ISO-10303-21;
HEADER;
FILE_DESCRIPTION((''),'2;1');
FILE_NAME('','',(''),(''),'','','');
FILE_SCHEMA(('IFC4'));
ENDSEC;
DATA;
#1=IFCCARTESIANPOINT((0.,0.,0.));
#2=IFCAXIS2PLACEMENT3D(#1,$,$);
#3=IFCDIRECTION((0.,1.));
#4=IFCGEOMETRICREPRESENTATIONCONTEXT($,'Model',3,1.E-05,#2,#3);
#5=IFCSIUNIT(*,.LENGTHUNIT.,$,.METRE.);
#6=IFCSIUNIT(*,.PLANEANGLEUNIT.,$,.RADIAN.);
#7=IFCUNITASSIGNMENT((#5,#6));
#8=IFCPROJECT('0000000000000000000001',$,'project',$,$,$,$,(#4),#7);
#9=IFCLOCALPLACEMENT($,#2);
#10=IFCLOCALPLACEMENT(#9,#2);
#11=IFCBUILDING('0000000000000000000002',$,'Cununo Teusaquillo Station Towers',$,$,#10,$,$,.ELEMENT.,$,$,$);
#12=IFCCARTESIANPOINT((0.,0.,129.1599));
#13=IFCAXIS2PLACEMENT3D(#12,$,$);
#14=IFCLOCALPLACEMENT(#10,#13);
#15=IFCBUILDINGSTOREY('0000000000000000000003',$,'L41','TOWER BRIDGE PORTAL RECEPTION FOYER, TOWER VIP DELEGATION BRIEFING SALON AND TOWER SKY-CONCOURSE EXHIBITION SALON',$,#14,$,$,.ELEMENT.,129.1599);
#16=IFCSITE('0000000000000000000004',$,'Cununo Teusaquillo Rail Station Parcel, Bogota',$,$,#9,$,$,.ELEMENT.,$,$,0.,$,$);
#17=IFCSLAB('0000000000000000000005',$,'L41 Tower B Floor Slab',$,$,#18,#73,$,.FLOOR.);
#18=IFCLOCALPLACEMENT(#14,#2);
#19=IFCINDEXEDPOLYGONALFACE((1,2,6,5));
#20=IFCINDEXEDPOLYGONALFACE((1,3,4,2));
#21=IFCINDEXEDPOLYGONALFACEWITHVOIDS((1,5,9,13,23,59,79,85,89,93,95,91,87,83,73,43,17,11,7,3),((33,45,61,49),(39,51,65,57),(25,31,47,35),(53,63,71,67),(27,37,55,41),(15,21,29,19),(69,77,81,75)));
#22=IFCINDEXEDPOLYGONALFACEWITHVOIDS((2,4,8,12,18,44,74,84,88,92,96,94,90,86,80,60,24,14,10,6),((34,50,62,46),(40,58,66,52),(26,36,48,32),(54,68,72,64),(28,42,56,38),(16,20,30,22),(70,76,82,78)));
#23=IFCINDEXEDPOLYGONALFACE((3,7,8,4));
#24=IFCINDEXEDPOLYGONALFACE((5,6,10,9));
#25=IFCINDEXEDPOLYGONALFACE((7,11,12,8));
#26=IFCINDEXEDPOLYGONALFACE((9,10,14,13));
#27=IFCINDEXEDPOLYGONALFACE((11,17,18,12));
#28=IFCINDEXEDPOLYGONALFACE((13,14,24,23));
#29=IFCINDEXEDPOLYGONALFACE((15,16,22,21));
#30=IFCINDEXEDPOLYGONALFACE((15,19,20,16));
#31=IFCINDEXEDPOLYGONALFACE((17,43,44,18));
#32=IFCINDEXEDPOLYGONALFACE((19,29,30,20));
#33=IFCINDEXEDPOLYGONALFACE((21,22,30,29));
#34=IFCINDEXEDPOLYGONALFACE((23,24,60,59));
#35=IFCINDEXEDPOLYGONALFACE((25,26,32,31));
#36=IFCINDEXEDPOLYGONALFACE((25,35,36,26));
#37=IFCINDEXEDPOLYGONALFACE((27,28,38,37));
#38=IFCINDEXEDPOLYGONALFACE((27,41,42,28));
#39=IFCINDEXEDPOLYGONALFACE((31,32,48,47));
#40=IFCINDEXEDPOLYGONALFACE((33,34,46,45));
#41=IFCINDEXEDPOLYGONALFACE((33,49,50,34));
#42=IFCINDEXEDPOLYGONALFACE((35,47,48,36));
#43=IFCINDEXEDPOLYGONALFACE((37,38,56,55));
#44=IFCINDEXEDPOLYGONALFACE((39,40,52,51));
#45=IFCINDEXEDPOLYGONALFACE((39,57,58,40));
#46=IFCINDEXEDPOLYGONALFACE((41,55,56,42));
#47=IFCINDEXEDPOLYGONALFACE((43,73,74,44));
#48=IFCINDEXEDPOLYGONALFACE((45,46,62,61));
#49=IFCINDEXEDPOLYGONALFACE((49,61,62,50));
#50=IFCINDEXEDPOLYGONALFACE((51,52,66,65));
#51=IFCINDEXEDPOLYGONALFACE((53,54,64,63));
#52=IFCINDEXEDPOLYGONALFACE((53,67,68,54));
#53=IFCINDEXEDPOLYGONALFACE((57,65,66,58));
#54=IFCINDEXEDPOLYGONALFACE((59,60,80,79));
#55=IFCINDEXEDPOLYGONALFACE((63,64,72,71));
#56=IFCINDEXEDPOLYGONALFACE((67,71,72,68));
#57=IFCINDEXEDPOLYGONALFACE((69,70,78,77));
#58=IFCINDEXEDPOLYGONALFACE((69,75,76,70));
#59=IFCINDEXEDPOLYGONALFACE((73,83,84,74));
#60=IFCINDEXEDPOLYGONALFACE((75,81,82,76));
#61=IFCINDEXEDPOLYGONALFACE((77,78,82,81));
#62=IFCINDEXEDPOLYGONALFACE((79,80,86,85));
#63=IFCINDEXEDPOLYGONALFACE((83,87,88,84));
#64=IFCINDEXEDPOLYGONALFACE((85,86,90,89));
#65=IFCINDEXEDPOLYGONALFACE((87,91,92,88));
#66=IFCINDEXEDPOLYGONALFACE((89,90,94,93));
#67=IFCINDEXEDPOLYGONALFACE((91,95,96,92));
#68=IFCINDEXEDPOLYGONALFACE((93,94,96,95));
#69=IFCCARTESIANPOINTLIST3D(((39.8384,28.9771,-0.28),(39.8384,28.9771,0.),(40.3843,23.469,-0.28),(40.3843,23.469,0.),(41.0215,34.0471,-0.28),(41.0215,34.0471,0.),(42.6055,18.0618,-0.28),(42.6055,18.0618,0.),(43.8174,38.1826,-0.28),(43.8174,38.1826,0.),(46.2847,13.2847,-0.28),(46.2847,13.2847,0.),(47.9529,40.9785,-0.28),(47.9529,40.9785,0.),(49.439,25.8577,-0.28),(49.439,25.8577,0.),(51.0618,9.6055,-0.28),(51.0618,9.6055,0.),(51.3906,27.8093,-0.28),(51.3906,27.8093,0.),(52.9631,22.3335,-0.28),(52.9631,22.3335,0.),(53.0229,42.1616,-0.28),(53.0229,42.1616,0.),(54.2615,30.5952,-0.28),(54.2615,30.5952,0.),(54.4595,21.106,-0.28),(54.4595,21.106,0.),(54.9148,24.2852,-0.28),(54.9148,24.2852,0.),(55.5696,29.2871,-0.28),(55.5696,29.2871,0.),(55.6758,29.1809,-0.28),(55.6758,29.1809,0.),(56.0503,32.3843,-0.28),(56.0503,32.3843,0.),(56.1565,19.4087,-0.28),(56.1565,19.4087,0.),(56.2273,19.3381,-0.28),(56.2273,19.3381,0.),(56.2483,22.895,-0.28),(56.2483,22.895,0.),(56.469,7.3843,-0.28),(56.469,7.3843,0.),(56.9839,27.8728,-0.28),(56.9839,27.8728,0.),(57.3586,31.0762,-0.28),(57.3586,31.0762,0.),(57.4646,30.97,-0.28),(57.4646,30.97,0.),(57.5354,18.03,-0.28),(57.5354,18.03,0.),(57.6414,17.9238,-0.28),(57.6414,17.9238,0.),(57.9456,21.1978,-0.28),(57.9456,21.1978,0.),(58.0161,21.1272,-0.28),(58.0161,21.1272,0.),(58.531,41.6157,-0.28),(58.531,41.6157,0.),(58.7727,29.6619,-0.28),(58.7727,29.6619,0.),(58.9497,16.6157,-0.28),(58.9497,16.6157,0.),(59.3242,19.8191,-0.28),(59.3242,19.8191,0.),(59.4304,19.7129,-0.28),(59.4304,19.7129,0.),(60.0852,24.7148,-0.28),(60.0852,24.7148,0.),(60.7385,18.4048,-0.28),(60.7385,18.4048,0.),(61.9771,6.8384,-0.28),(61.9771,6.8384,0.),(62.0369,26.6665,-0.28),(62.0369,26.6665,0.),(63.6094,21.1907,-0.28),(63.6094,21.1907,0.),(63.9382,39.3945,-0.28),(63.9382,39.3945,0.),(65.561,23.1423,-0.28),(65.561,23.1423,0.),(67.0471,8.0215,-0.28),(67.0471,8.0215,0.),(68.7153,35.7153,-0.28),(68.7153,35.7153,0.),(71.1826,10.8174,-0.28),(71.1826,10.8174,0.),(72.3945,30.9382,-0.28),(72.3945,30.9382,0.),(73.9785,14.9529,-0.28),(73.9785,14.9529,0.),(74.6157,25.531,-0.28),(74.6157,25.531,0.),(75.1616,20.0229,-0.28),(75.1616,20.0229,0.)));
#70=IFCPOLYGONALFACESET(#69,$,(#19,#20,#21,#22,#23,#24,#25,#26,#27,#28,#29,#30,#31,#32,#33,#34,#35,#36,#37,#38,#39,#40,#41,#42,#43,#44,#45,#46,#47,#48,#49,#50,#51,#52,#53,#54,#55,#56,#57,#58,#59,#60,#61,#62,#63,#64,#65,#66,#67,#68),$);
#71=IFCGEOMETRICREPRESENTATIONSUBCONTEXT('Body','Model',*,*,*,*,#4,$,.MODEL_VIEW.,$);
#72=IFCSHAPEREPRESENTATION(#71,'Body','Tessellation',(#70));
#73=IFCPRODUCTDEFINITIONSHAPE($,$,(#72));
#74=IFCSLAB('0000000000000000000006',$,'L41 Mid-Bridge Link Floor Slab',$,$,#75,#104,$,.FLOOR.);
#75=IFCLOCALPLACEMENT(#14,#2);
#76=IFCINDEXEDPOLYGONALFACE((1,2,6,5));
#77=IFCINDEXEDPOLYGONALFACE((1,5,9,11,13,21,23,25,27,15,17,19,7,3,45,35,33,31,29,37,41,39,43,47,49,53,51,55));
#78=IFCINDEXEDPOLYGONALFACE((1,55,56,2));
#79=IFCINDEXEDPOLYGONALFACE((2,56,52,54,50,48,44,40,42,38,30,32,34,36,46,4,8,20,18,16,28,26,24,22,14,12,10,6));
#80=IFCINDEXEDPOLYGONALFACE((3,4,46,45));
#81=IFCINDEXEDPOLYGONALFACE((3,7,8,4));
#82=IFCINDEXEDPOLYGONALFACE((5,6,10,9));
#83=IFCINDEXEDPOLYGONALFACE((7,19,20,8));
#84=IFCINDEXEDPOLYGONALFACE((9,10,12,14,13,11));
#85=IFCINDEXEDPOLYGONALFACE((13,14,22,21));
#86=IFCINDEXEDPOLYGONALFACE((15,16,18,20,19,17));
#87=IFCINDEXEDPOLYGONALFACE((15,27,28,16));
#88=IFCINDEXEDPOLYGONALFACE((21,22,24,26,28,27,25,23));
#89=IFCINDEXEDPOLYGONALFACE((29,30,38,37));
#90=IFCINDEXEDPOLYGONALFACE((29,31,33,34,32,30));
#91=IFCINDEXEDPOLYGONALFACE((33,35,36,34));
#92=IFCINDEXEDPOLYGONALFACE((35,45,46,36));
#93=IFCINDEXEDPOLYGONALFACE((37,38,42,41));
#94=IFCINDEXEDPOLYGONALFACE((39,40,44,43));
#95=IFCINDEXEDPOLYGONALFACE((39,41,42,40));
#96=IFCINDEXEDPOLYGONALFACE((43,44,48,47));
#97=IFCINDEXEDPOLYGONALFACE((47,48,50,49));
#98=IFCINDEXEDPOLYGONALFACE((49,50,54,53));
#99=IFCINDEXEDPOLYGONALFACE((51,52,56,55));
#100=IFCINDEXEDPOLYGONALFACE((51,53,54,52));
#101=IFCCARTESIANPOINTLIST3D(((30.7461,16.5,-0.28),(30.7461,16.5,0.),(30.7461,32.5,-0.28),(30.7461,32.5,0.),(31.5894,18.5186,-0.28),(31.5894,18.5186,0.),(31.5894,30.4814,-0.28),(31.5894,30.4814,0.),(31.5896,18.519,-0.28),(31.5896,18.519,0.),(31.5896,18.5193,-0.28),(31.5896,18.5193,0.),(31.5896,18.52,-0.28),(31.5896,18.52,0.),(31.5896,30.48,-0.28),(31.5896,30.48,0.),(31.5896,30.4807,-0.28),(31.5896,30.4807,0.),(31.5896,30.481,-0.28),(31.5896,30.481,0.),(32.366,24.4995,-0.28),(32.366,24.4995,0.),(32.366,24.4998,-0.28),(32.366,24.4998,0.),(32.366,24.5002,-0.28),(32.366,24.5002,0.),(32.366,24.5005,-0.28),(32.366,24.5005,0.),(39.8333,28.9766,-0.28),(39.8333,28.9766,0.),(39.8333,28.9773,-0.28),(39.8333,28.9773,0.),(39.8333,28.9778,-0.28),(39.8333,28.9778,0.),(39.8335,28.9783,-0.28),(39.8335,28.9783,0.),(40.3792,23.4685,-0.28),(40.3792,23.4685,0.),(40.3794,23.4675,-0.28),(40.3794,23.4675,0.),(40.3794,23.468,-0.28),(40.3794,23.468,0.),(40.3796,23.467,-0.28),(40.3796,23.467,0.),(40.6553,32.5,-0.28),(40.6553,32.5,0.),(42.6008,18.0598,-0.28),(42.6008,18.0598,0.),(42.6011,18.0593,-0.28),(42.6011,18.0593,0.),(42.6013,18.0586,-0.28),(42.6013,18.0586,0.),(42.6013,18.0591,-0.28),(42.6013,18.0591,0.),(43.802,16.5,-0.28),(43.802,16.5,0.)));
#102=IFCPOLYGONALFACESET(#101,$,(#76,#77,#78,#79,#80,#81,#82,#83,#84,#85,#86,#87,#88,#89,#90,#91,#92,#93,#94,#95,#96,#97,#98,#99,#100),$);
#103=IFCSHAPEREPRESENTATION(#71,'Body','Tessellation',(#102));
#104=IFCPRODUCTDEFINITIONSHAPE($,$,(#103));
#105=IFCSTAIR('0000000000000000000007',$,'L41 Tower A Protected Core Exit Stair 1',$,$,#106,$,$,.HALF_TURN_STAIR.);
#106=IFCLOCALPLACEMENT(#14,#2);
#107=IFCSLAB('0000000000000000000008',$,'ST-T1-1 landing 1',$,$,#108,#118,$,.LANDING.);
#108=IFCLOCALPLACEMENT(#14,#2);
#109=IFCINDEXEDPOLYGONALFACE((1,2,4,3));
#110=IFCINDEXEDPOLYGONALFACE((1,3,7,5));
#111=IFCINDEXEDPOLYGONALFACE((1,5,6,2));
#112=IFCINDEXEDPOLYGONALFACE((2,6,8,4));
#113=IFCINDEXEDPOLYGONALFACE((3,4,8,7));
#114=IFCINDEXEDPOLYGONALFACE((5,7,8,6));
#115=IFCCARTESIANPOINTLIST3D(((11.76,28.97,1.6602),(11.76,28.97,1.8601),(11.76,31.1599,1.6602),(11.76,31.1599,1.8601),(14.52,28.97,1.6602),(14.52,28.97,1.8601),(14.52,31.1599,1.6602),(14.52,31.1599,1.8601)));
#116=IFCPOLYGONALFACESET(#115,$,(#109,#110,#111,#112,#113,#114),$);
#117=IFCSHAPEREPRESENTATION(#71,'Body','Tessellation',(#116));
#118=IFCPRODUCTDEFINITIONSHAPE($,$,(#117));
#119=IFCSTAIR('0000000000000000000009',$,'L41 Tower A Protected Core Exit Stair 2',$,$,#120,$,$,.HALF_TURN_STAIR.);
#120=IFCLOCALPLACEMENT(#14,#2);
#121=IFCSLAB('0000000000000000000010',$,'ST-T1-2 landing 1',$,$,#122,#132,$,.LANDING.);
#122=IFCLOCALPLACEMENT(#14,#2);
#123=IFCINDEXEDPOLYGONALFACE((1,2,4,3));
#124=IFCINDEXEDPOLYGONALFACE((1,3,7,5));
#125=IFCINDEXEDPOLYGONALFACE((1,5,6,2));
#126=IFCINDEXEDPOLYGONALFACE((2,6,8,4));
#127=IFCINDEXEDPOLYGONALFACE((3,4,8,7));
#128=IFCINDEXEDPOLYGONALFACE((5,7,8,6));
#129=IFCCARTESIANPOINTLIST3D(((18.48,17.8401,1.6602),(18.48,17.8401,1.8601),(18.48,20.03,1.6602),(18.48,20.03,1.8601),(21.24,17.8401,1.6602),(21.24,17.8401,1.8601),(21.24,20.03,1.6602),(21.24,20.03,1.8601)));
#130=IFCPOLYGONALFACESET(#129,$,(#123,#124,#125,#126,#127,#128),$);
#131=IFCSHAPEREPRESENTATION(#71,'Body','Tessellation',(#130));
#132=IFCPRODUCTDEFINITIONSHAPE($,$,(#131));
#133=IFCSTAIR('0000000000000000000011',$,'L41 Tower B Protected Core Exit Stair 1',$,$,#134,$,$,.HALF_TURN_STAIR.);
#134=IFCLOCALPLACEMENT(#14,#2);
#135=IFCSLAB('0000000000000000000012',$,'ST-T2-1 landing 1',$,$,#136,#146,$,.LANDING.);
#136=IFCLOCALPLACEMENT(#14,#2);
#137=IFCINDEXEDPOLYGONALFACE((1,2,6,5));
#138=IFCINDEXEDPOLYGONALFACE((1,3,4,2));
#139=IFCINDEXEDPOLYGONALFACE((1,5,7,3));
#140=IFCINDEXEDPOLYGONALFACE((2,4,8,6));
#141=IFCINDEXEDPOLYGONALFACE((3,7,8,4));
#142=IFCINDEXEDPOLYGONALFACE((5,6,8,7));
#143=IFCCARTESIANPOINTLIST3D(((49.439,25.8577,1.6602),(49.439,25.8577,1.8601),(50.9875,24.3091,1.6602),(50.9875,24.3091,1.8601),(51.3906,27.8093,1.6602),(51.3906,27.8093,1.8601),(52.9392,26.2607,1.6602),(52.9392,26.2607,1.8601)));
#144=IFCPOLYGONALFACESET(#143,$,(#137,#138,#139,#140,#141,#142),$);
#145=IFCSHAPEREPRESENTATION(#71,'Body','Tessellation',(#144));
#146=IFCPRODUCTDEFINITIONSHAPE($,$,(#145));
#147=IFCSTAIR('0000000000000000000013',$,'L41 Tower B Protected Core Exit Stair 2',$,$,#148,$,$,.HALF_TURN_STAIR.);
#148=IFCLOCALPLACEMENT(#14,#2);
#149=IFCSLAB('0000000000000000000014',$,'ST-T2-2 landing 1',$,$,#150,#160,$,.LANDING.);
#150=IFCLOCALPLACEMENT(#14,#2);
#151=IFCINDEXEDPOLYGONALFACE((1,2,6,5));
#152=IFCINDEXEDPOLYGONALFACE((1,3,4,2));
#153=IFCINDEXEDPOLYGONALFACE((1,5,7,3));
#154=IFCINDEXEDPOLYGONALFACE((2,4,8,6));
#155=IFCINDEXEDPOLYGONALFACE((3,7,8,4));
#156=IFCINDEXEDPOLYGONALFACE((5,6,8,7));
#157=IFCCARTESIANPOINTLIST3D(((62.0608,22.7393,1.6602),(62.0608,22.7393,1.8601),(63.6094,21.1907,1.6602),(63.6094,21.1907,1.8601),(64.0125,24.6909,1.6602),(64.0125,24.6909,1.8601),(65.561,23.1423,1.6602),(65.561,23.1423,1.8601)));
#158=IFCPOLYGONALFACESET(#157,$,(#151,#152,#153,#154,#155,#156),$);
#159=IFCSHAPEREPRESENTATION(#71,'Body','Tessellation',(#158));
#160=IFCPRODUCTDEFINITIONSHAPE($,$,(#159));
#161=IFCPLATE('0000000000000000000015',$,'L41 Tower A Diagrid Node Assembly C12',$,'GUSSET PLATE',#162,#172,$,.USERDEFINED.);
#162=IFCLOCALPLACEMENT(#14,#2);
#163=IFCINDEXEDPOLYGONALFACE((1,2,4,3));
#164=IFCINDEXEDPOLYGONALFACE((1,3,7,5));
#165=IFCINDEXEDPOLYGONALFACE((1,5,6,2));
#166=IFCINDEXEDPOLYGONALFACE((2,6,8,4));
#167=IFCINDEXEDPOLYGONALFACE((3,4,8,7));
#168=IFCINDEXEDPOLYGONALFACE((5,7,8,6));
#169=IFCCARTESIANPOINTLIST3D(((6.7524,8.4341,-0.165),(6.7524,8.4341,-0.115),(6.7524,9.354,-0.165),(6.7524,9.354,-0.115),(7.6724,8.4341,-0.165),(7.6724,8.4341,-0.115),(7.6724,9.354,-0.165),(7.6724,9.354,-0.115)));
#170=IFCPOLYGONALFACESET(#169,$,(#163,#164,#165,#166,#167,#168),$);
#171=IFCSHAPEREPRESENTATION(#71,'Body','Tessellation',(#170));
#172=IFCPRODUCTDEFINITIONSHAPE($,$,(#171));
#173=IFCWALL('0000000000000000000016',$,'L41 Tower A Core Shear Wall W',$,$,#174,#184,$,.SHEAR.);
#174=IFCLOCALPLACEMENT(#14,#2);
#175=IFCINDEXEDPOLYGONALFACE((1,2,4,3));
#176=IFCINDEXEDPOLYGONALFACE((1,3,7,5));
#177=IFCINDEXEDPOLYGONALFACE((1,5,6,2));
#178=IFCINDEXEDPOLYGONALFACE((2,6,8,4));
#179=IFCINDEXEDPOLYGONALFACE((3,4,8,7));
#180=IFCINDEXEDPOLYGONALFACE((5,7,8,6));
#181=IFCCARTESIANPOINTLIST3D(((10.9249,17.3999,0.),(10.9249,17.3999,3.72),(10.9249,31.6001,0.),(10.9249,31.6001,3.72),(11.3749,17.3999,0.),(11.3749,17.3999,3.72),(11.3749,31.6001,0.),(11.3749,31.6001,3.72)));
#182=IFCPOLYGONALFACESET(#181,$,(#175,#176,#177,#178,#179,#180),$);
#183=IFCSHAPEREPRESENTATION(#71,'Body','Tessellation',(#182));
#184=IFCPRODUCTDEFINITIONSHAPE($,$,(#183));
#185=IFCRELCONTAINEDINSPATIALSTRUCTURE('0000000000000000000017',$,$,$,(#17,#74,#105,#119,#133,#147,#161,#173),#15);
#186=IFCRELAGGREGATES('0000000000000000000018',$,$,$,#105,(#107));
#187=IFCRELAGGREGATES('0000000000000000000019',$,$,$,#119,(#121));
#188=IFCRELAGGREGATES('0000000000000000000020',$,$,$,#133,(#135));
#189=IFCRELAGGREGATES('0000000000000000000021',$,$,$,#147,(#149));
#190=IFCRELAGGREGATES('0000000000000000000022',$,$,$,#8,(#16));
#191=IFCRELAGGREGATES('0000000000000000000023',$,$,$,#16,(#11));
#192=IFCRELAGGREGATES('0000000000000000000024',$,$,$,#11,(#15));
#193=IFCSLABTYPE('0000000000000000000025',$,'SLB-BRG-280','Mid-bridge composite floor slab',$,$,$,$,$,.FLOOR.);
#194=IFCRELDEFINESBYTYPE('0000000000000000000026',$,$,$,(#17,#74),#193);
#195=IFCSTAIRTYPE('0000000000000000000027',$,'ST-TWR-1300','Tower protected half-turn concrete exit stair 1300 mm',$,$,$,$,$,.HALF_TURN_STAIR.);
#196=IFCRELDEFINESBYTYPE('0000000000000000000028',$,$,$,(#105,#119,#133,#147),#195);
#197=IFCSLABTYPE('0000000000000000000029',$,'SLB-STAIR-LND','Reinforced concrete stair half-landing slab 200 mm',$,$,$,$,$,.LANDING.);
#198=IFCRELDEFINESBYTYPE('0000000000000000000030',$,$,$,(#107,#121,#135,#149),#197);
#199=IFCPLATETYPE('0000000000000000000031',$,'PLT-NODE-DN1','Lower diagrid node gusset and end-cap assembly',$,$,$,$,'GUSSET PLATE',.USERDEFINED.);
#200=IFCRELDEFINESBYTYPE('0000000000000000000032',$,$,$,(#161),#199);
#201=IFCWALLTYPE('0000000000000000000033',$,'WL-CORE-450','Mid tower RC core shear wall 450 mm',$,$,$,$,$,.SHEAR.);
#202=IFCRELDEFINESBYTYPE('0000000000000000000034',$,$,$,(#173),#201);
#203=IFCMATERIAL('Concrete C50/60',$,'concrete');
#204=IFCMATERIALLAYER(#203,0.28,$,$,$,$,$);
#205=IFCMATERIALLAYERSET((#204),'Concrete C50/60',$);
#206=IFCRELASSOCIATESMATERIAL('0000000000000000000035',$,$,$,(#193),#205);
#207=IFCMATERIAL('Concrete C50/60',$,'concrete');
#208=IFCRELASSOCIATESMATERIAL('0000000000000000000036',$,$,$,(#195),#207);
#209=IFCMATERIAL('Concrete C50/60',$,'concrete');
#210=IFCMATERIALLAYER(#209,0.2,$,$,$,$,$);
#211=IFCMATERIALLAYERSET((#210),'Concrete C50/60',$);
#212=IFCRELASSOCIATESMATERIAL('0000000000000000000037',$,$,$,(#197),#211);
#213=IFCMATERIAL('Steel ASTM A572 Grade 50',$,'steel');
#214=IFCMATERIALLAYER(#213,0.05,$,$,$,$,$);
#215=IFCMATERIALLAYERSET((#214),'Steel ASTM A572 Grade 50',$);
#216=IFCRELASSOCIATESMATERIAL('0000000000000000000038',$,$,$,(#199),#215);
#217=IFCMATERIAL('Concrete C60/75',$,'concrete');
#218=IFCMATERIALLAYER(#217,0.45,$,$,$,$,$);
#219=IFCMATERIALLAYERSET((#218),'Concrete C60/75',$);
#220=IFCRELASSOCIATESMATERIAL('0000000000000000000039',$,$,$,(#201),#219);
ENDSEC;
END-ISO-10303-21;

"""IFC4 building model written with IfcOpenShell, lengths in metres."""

from ifc_helpers import new_model, si_unit, direction, frame, frame_2d, origin, origin_2d, place, context, subcontext, project, spatial, polyline, rectangle, outline, extrude, source, transform, mapped, material, layer, layer_set, type_object, element, aggregate, save


model = new_model("IFC4")

# Units and contexts
model_context = context("Model", 3, precision=1e-05, world=origin(), true_north=direction((0.0, 1.0)))
body_context = subcontext(model_context, "Body", "Model", "MODEL_VIEW")
ifc_project = project(units=[si_unit("LENGTHUNIT", "METRE"), si_unit("PLANEANGLEUNIT", "RADIAN")], contexts=[model_context])

# Site, building, storey
site_placement = place(None, origin())
site = spatial("IfcSite", under=ifc_project, at=site_placement, Name="Cununo Teusaquillo Rail Station Parcel, Bogota", CompositionType="ELEMENT", RefElevation=0.0)
building_placement = place(site_placement, origin())
building = spatial("IfcBuilding", under=site, at=building_placement, Name="Cununo Teusaquillo Station Towers", CompositionType="ELEMENT")
storey_placement = place(building_placement, frame((0.0, 0.0, 129.1599)))
storey = spatial("IfcBuildingStorey", under=building, at=storey_placement, Name="L41", Description="TOWER BRIDGE PORTAL RECEPTION FOYER, TOWER VIP DELEGATION BRIEFING SALON AND TOWER SKY-CONCOURSE EXHIBITION SALON", CompositionType="ELEMENT", Elevation=129.1599)

# Slabs
ifc_material_1 = material(Name="Concrete C50/60", Category="concrete")
ifc_layer_1 = layer(ifc_material_1, 0.28)
ifc_layer_set_1 = layer_set([ifc_layer_1], Name="Concrete C50/60")
slab_type_1 = type_object("IfcSlabType", Name="SLB-BRG-280", Description="Mid-bridge composite floor slab", PredefinedType="FLOOR", material=ifc_layer_set_1)
slab_1_placement = place(storey_placement, frame((0.0, 0.0, -0.28)))
element("IfcSlab", 1, at=slab_1_placement, inside=storey, type_object=slab_type_1, Name="L41 Tower B Floor Slab", PredefinedType="FLOOR", context=body_context, shape_type="SweptSolid", body=[
    extrude(outline(polyline([(68.7153, 35.7153), (63.9382, 39.3945), (58.531, 41.6157), (53.0229, 42.1616), (47.9529, 40.9785), (43.8174, 38.1826), (41.0215, 34.0471), (39.8384, 28.9771), (40.3843, 23.469), (42.6055, 18.0618), (46.2847, 13.2847), (51.0618, 9.6055), (56.469, 7.3843), (61.9771, 6.8384), (67.0471, 8.0215), (71.1826, 10.8174), (73.9785, 14.9529), (75.1616, 20.0229), (74.6157, 25.531), (72.3945, 30.9382), (68.7153, 35.7153)]), holes=[polyline([(54.9148, 24.2852), (51.3906, 27.8093), (49.439, 25.8577), (52.9631, 22.3335), (54.9148, 24.2852)]), polyline([(60.0852, 24.7148), (63.6094, 21.1907), (65.561, 23.1423), (62.0369, 26.6665), (60.0852, 24.7148)]), polyline([(56.1565, 19.4087), (57.9456, 21.1978), (56.2483, 22.895), (54.4595, 21.106), (56.1565, 19.4087)]), polyline([(58.9497, 16.6157), (60.7385, 18.4048), (59.4304, 19.7129), (57.6414, 17.9238), (58.9497, 16.6157)]), polyline([(57.5354, 18.03), (59.3242, 19.8191), (58.0161, 21.1272), (56.2273, 19.3381), (57.5354, 18.03)]), polyline([(56.9839, 27.8728), (58.7727, 29.6619), (57.4646, 30.97), (55.6758, 29.1809), (56.9839, 27.8728)]), polyline([(55.5696, 29.2871), (57.3586, 31.0762), (56.0503, 32.3843), (54.2615, 30.5952), (55.5696, 29.2871)])]), origin(), (0.0, 0.0, 1.0), 0.28),
])
slab_2_placement = place(storey_placement, frame((0.0, 0.0, -0.28)))
element("IfcSlab", 2, at=slab_2_placement, inside=storey, type_object=slab_type_1, Name="L41 Mid-Bridge Link Floor Slab", PredefinedType="FLOOR", context=body_context, shape_type="SweptSolid", body=[
    extrude(outline(polyline([(30.7461, 16.5), (31.5894, 18.5186), (31.5896, 18.519), (31.5896, 18.5193), (31.5896, 18.52), (32.366, 24.4995), (32.366, 24.4998), (32.366, 24.5002), (32.366, 24.5005), (31.5896, 30.48), (31.5896, 30.4807), (31.5896, 30.481), (31.5894, 30.4814), (30.7461, 32.5), (40.6553, 32.5), (39.8335, 28.9783), (39.8333, 28.9778), (39.8333, 28.9773), (39.8333, 28.9766), (40.3792, 23.4685), (40.3794, 23.468), (40.3794, 23.4675), (40.3796, 23.467), (42.6008, 18.0598), (42.6011, 18.0593), (42.6013, 18.0591), (42.6013, 18.0586), (43.802, 16.5), (30.7461, 16.5)])), origin(), (0.0, 0.0, 1.0), 0.28),
])

# Stairs, slabs
ifc_material_2 = material(Name="Concrete C50/60", Category="concrete")
stair_type = type_object("IfcStairType", Name="ST-TWR-1300", Description="Tower protected half-turn concrete exit stair 1300 mm", PredefinedType="HALF_TURN_STAIR", material=ifc_material_2)
stair_1_placement = place(storey_placement, origin())
stair_1 = element("IfcStair", 3, at=stair_1_placement, inside=storey, type_object=stair_type, Name="L41 Tower A Protected Core Exit Stair 1", PredefinedType="HALF_TURN_STAIR")
ifc_material_3 = material(Name="Concrete C50/60", Category="concrete")
ifc_layer_2 = layer(ifc_material_3, 0.2)
ifc_layer_set_2 = layer_set([ifc_layer_2], Name="Concrete C50/60")
slab_type_2 = type_object("IfcSlabType", Name="SLB-STAIR-LND", Description="Reinforced concrete stair half-landing slab 200 mm", PredefinedType="LANDING", material=ifc_layer_set_2)
slab_3_placement = place(storey_placement, frame((0.0, 0.0, 1.6602)))
slab_3 = element("IfcSlab", 4, at=slab_3_placement, type_object=slab_type_2, Name="ST-T1-1 landing 1", PredefinedType="LANDING", context=body_context, shape_type="SweptSolid", body=[
    extrude(outline(polyline([(14.52, 28.97), (14.52, 31.1599), (11.76, 31.1599), (11.76, 28.97), (14.52, 28.97)])), origin(), (0.0, 0.0, 1.0), 0.2),
])
aggregate(stair_1, [slab_3])
stair_2_placement = place(storey_placement, origin())
stair_2 = element("IfcStair", 5, at=stair_2_placement, inside=storey, type_object=stair_type, Name="L41 Tower A Protected Core Exit Stair 2", PredefinedType="HALF_TURN_STAIR")
slab_4_placement = place(storey_placement, frame((0.0, 0.0, 1.6602)))
slab_4 = element("IfcSlab", 6, at=slab_4_placement, type_object=slab_type_2, Name="ST-T1-2 landing 1", PredefinedType="LANDING", context=body_context, shape_type="SweptSolid", body=[
    extrude(outline(polyline([(18.48, 20.03), (18.48, 17.8401), (21.24, 17.8401), (21.24, 20.03), (18.48, 20.03)])), origin(), (0.0, 0.0, 1.0), 0.2),
])
aggregate(stair_2, [slab_4])
stair_3_placement = place(storey_placement, origin())
stair_3 = element("IfcStair", 7, at=stair_3_placement, inside=storey, type_object=stair_type, Name="L41 Tower B Protected Core Exit Stair 1", PredefinedType="HALF_TURN_STAIR")
slab_5_placement = place(storey_placement, frame((0.0, 0.0, 1.6602)))
slab_5 = element("IfcSlab", 8, at=slab_5_placement, type_object=slab_type_2, Name="ST-T2-1 landing 1", PredefinedType="LANDING", context=body_context, shape_type="SweptSolid", body=[
    extrude(outline(polyline([(52.9392, 26.2607), (51.3906, 27.8093), (49.439, 25.8577), (50.9875, 24.3091), (52.9392, 26.2607)])), origin(), (0.0, 0.0, 1.0), 0.2),
])
aggregate(stair_3, [slab_5])
stair_4_placement = place(storey_placement, origin())
stair_4 = element("IfcStair", 9, at=stair_4_placement, inside=storey, type_object=stair_type, Name="L41 Tower B Protected Core Exit Stair 2", PredefinedType="HALF_TURN_STAIR")
slab_6_placement = place(storey_placement, frame((0.0, 0.0, 1.6602)))
slab_6 = element("IfcSlab", 10, at=slab_6_placement, type_object=slab_type_2, Name="ST-T2-2 landing 1", PredefinedType="LANDING", context=body_context, shape_type="SweptSolid", body=[
    extrude(outline(polyline([(62.0608, 22.7393), (63.6094, 21.1907), (65.561, 23.1423), (64.0125, 24.6909), (62.0608, 22.7393)])), origin(), (0.0, 0.0, 1.0), 0.2),
])
aggregate(stair_4, [slab_6])

# Plate
ifc_material_4 = material(Name="Steel ASTM A572 Grade 50", Category="steel")
ifc_layer_3 = layer(ifc_material_4, 0.05)
ifc_layer_set_3 = layer_set([ifc_layer_3], Name="Steel ASTM A572 Grade 50")
plate_type = type_object("IfcPlateType", Name="PLT-NODE-DN1", Description="Lower diagrid node gusset and end-cap assembly", ElementType="GUSSET PLATE", PredefinedType="USERDEFINED", material=ifc_layer_set_3)
shared_shape_1 = source(origin(), body_context, "Body", "SweptSolid", [
    extrude(rectangle(XDim=0.9199, YDim=0.9199, at=origin_2d()), origin(), (0.0, 0.0, 1.0), 0.05),
])
plate_placement = place(storey_placement, frame((7.2124, 8.894, -0.165), z_axis=(0.0, 0.0, 1.0), x_axis=(1.0, 0.0, 0.0)))
element("IfcPlate", 11, at=plate_placement, inside=storey, type_object=plate_type, Name="L41 Tower A Diagrid Node Assembly C12", ObjectType="GUSSET PLATE", PredefinedType="USERDEFINED", context=body_context, shape_type="MappedRepresentation", body=[
    mapped(shared_shape_1, transform((0.0, 0.0, 0.0), x_axis=(1.0, 0.0, 0.0), y_axis=(0.0, 1.0, 0.0), z_axis=(0.0, 0.0, 1.0), scale=1.0)),
])

# Wall
ifc_material_5 = material(Name="Concrete C60/75", Category="concrete")
ifc_layer_4 = layer(ifc_material_5, 0.45)
ifc_layer_set_4 = layer_set([ifc_layer_4], Name="Concrete C60/75")
wall_type_1 = type_object("IfcWallType", Name="WL-CORE-450", Description="Mid tower RC core shear wall 450 mm", PredefinedType="SHEAR", material=ifc_layer_set_4)
wall_1_placement = place(storey_placement, frame((11.1499, 17.3999, 0.0), z_axis=(0.0, 0.0, 1.0), x_axis=(0.0, 1.0, 0.0)))
element("IfcWall", 12, at=wall_1_placement, inside=storey, type_object=wall_type_1, Name="L41 Tower A Core Shear Wall W", PredefinedType="SHEAR", context=body_context, shape_type="SweptSolid", body=[
    extrude(rectangle(XDim=14.2002, YDim=0.45, at=frame_2d((7.1001, 0.0))), origin(), (0.0, 0.0, 1.0), 3.72),
])

save(model, "model.ifc")
